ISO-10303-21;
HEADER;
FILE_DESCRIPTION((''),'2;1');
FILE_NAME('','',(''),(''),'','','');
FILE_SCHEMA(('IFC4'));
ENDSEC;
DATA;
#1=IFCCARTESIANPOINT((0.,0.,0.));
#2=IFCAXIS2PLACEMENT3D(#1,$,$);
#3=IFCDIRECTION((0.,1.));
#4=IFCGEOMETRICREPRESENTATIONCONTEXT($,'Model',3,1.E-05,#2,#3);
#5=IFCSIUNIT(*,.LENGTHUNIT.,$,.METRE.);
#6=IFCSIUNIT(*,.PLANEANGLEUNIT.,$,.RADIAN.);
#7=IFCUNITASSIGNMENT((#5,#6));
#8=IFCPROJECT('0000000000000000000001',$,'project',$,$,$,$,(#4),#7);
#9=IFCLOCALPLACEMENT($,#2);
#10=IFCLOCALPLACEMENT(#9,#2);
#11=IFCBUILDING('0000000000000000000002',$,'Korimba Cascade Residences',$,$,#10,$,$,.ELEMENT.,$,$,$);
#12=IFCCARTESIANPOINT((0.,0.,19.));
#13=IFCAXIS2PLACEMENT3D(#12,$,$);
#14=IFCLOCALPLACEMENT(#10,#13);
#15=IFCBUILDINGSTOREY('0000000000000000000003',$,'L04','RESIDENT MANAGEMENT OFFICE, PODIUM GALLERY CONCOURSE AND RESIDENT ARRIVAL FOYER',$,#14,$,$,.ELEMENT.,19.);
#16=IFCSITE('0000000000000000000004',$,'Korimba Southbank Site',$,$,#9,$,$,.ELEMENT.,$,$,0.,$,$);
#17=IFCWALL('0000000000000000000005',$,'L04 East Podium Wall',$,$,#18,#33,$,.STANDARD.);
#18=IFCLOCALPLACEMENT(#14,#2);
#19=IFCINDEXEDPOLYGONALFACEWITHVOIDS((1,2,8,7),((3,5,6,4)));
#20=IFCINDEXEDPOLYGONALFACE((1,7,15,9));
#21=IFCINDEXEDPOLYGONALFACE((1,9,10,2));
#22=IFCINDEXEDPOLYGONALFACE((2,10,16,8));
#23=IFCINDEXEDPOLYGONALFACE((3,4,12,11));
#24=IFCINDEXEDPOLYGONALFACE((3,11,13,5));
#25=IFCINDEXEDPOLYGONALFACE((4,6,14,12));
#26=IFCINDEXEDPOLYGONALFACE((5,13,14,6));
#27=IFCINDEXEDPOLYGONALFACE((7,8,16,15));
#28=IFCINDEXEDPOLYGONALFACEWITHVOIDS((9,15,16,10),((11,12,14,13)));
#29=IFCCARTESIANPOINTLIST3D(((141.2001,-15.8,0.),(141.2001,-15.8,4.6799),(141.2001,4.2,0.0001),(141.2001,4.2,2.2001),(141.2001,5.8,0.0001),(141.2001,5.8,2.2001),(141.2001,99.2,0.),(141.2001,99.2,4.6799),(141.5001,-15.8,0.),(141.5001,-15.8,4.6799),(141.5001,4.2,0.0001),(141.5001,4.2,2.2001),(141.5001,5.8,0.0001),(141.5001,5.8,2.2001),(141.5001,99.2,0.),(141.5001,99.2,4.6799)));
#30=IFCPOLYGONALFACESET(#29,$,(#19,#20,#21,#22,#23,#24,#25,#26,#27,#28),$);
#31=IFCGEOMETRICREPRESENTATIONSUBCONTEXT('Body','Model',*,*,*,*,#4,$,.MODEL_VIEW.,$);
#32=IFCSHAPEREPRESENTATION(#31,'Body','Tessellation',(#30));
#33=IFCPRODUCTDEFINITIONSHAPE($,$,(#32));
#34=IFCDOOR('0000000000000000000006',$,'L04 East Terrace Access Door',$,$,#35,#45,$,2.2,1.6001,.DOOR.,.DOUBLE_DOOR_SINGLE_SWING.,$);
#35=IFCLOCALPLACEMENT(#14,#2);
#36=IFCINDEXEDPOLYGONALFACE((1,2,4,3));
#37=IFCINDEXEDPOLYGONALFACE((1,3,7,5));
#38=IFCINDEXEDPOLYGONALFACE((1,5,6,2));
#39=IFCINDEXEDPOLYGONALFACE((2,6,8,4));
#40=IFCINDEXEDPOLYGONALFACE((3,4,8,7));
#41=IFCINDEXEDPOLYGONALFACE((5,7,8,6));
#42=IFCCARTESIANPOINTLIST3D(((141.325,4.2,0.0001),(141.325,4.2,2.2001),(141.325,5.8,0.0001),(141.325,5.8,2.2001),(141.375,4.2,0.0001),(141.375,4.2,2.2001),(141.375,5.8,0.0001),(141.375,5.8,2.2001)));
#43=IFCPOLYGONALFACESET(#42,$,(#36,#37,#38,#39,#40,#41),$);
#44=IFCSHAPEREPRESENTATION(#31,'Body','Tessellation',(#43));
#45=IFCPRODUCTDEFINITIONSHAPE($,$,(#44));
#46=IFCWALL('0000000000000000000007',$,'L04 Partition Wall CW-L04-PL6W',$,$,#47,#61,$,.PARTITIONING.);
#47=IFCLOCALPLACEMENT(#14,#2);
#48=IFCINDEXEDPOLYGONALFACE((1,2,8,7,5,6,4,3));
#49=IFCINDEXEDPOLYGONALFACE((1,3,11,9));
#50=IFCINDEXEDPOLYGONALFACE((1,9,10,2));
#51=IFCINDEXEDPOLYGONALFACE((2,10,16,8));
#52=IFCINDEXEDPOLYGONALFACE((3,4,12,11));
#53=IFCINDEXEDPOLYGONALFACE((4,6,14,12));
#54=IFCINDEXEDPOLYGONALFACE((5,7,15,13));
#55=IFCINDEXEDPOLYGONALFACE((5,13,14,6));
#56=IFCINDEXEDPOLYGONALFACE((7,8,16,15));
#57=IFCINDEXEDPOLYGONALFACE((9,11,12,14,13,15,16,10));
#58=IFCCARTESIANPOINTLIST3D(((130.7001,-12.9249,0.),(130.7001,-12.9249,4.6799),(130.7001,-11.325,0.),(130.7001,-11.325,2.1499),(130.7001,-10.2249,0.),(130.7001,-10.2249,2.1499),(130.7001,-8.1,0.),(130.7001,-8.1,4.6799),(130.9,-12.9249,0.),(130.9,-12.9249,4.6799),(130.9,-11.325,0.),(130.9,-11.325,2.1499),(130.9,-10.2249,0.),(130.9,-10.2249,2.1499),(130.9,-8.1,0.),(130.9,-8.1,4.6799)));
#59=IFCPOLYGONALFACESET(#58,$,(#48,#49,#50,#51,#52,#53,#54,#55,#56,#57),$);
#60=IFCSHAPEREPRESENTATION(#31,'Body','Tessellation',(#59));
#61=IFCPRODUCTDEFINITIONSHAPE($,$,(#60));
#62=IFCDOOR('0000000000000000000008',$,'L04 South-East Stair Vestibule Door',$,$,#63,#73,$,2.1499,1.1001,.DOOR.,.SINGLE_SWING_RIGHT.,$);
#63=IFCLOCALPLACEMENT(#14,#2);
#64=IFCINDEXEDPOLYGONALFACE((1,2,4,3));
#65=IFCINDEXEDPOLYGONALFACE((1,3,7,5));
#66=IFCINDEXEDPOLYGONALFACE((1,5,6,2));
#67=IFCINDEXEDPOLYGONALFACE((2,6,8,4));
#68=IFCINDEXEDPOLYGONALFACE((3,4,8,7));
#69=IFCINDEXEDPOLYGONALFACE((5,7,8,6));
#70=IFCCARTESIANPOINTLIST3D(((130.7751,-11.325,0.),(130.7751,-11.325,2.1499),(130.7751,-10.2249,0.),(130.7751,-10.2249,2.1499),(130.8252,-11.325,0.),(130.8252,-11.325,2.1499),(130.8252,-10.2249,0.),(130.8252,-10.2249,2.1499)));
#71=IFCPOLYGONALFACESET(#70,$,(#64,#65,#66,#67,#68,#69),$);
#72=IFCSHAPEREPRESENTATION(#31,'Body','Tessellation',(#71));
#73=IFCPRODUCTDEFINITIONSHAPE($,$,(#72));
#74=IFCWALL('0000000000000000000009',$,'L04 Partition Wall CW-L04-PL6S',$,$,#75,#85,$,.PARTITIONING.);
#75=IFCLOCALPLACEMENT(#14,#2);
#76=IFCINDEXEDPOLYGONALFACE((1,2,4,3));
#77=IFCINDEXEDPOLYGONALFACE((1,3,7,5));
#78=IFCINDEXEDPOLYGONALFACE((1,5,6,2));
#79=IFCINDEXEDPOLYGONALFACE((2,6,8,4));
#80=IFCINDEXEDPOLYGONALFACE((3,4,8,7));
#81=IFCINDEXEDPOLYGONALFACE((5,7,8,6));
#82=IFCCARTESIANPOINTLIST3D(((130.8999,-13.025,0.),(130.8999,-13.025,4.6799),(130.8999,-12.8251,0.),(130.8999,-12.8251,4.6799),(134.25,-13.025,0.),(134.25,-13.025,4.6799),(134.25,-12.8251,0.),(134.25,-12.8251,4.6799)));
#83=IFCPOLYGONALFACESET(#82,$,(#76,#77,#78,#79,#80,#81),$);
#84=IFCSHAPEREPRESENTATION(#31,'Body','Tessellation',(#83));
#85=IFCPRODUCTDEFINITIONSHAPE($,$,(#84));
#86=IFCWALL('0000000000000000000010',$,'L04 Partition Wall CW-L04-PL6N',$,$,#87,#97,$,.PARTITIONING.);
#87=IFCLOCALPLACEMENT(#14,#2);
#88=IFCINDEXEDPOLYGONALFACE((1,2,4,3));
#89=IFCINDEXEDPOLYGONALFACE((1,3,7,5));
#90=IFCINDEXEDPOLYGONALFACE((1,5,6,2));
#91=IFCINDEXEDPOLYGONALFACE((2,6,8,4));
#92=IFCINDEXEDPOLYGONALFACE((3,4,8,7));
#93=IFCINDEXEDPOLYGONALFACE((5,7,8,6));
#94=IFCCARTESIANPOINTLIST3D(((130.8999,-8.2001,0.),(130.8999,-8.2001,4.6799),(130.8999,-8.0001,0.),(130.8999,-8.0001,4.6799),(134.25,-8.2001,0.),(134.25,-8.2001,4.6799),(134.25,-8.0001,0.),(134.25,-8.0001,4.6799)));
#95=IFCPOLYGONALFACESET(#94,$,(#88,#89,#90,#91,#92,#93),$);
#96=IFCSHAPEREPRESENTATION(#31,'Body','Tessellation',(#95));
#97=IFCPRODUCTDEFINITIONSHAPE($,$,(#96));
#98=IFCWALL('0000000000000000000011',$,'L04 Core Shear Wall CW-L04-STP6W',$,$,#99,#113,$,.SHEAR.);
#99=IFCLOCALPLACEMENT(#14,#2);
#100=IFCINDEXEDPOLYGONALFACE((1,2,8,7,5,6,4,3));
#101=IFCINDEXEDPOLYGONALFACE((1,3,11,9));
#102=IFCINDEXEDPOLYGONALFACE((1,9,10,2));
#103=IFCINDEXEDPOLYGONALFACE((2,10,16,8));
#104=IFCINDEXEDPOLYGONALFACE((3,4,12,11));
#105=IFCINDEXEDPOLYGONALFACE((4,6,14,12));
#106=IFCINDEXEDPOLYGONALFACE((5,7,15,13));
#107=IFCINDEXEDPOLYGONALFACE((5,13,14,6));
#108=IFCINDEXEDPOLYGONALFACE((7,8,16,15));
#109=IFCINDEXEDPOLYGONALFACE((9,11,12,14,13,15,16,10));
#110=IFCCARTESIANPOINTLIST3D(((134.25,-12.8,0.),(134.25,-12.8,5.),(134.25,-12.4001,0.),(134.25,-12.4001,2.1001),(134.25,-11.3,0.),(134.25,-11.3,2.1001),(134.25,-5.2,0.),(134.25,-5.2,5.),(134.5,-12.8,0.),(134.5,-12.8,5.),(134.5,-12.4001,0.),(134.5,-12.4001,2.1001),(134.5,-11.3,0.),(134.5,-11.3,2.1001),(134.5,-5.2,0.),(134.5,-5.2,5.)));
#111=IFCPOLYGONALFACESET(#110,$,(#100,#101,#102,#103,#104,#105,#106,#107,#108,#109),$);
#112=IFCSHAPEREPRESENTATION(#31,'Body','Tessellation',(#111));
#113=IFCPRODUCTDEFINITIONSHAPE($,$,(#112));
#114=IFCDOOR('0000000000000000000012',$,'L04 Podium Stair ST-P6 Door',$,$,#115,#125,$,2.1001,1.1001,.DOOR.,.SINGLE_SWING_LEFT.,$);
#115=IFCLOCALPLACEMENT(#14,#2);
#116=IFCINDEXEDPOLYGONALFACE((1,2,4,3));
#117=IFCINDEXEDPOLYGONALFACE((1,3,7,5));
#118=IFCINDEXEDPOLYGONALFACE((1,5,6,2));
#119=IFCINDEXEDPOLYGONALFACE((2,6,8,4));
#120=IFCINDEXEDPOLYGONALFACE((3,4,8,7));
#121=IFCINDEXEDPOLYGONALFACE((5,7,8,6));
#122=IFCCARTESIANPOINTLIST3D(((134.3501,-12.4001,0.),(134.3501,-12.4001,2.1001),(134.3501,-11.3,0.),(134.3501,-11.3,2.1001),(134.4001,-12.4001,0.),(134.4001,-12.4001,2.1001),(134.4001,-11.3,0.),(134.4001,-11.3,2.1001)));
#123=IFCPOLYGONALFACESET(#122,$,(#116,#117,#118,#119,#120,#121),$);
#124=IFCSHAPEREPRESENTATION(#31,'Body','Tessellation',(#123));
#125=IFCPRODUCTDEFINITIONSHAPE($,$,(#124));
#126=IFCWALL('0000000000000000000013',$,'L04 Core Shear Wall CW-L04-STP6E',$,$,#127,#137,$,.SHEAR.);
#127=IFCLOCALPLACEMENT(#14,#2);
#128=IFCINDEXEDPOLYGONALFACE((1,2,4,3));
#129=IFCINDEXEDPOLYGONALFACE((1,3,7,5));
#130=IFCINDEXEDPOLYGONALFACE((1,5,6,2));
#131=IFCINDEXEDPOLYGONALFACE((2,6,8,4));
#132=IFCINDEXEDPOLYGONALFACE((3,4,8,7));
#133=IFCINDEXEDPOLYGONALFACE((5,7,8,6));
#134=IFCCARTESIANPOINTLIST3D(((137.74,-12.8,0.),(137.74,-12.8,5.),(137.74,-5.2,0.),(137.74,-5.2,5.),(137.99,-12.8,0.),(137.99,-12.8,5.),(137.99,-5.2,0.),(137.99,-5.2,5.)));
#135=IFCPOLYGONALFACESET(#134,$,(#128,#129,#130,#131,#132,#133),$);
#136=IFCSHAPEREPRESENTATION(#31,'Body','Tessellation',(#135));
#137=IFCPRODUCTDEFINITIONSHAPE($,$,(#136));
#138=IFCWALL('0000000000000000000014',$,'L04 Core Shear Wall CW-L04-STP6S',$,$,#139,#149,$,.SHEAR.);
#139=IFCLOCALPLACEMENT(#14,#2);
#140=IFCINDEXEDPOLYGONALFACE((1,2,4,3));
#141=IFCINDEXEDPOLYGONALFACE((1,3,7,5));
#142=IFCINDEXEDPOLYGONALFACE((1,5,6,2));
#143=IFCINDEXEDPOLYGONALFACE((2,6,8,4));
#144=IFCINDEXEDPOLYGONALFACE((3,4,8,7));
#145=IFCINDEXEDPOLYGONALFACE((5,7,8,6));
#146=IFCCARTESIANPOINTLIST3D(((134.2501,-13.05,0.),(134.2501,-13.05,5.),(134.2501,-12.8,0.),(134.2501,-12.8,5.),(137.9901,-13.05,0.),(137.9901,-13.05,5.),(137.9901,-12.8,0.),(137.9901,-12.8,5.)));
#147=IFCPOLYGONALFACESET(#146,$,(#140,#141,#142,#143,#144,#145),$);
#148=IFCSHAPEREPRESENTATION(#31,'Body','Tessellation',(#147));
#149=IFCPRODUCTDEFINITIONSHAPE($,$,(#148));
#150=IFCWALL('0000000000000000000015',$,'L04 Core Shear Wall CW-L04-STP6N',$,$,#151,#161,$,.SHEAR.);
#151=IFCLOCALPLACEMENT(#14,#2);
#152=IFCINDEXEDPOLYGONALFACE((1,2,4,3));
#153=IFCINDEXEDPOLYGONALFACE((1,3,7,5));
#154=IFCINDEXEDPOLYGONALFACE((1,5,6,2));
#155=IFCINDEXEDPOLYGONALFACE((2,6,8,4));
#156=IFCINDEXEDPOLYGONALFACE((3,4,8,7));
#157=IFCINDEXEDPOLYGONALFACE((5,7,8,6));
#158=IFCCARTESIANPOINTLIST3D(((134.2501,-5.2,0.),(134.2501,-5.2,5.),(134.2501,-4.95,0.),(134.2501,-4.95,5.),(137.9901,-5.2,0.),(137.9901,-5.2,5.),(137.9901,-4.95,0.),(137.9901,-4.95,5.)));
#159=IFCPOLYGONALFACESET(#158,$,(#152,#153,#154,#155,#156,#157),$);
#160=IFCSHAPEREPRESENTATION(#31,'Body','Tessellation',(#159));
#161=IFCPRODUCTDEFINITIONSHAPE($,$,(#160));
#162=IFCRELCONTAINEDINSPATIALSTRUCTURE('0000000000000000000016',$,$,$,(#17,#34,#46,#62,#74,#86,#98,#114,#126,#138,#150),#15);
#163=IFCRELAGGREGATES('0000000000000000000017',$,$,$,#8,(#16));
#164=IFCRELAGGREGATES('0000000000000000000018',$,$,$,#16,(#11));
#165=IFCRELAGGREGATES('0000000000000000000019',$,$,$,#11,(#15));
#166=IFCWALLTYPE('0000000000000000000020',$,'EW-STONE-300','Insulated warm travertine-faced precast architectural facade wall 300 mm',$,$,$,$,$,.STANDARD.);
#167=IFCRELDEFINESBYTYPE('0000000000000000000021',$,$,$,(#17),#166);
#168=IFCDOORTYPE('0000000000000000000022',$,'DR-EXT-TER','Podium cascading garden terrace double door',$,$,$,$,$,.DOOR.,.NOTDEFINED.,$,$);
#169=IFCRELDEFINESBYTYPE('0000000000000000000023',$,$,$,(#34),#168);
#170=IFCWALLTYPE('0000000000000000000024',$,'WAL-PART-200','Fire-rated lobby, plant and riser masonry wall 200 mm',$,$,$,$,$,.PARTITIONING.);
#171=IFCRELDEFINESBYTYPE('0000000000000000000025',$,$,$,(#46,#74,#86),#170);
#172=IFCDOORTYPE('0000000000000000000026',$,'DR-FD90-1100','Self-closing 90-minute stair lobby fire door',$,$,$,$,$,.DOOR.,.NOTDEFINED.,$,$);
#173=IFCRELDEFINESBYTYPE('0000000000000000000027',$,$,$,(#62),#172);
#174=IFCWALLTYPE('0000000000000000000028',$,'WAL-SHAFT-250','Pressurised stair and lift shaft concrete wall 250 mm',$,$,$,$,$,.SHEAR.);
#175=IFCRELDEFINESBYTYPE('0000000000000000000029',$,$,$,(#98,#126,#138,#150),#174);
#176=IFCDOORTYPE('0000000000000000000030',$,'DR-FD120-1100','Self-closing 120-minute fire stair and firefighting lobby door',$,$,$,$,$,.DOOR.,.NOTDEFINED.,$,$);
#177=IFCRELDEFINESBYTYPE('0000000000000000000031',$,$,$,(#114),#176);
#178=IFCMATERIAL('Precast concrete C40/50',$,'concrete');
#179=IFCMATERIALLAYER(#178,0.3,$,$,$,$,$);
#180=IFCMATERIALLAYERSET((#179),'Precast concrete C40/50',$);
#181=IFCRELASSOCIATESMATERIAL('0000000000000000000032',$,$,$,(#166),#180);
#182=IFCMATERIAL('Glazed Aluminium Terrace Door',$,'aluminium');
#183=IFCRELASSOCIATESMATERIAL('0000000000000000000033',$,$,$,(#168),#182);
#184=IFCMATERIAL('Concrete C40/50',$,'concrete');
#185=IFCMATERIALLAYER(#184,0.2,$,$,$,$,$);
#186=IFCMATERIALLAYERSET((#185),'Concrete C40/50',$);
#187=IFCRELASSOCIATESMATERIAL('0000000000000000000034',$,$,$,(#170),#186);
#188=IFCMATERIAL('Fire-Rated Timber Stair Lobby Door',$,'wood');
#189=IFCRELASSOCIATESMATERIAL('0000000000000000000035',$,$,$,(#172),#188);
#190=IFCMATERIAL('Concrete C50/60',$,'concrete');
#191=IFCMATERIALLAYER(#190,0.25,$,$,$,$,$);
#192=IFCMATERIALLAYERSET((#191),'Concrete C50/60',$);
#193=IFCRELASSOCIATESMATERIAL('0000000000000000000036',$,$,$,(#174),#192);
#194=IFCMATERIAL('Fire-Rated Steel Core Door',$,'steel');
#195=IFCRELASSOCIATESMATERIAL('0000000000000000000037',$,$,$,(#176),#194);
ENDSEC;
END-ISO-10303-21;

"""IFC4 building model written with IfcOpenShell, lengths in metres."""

from ifc_helpers import new_model, si_unit, direction, frame, frame_2d, origin, place, context, subcontext, project, spatial, rectangle, extrude, material, layer, layer_set, type_object, element, fill, save


model = new_model("IFC4")

# Units and contexts
model_context = context("Model", 3, precision=1e-05, world=origin(), true_north=direction((0.0, 1.0)))
body_context = subcontext(model_context, "Body", "Model", "MODEL_VIEW")
ifc_project = project(units=[si_unit("LENGTHUNIT", "METRE"), si_unit("PLANEANGLEUNIT", "RADIAN")], contexts=[model_context])

# Site, building, storey
site_placement = place(None, origin())
site = spatial("IfcSite", under=ifc_project, at=site_placement, Name="Korimba Southbank Site", CompositionType="ELEMENT", RefElevation=0.0)
building_placement = place(site_placement, origin())
building = spatial("IfcBuilding", under=site, at=building_placement, Name="Korimba Cascade Residences", CompositionType="ELEMENT")
storey_placement = place(building_placement, frame((0.0, 0.0, 19.0)))
storey = spatial("IfcBuildingStorey", under=building, at=storey_placement, Name="L04", Description="RESIDENT MANAGEMENT OFFICE, PODIUM GALLERY CONCOURSE AND RESIDENT ARRIVAL FOYER", CompositionType="ELEMENT", Elevation=19.0)

# Walls, openings, doors
ifc_material_1 = material(Name="Precast concrete C40/50", Category="concrete")
ifc_layer_1 = layer(ifc_material_1, 0.3)
ifc_layer_set_1 = layer_set([ifc_layer_1], Name="Precast concrete C40/50")
wall_type_1 = type_object("IfcWallType", Name="EW-STONE-300", Description="Insulated warm travertine-faced precast architectural facade wall 300 mm", PredefinedType="STANDARD", material=ifc_layer_set_1)
wall_1_placement = place(storey_placement, frame((141.3501, -15.8, 0.0), z_axis=(0.0, 0.0, 1.0), x_axis=(0.0, 1.0, 0.0)))
wall_1 = element("IfcWall", 1, at=wall_1_placement, inside=storey, type_object=wall_type_1, Name="L04 East Podium Wall", PredefinedType="STANDARD", context=body_context, shape_type="SweptSolid", body=[
    extrude(rectangle(XDim=115.0, YDim=0.3, at=frame_2d((57.5, 0.0))), origin(), (0.0, 0.0, 1.0), 4.6799),
])
opening_1_placement = place(wall_1_placement, frame((20.0, 0.0, 0.0)))
opening_1 = element("IfcOpeningElement", 2, at=opening_1_placement, cuts=wall_1, PredefinedType="OPENING", context=body_context, shape_type="SweptSolid", body=[
    extrude(rectangle(XDim=1.6001, YDim=2.2, at=frame_2d((0.8, 1.1001))), frame((0.0, 0.1602, 0.0), z_axis=(0.0, -1.0, 0.0), x_axis=(1.0, 0.0, 0.0)), (0.0, 0.0, 1.0), 0.3201),
])
ifc_material_2 = material(Name="Glazed Aluminium Terrace Door", Category="aluminium")
door_type_1 = type_object("IfcDoorType", Name="DR-EXT-TER", Description="Podium cascading garden terrace double door", OperationType="NOTDEFINED", PredefinedType="DOOR", material=ifc_material_2)
door_1_placement = place(opening_1_placement, frame((1.6001, 0.0, 0.0), z_axis=(0.0, 0.0, 1.0), x_axis=(-1.0, 0.0, 0.0)))
door_1 = element("IfcDoor", 3, at=door_1_placement, inside=storey, type_object=door_type_1, Name="L04 East Terrace Access Door", OperationType="DOUBLE_DOOR_SINGLE_SWING", OverallHeight=2.2, OverallWidth=1.6001, PredefinedType="DOOR", context=body_context, shape_type="SweptSolid", body=[
    extrude(rectangle(XDim=1.6001, YDim=2.2, at=frame_2d((0.8, 1.1001))), frame((0.0, 0.0249, 0.0), z_axis=(0.0, -1.0, 0.0), x_axis=(1.0, 0.0, 0.0)), (0.0, 0.0, 1.0), 0.05),
])
fill(opening_1, door_1)
ifc_material_3 = material(Name="Concrete C40/50", Category="concrete")
ifc_layer_2 = layer(ifc_material_3, 0.2)
ifc_layer_set_2 = layer_set([ifc_layer_2], Name="Concrete C40/50")
wall_type_2 = type_object("IfcWallType", Name="WAL-PART-200", Description="Fire-rated lobby, plant and riser masonry wall 200 mm", PredefinedType="PARTITIONING", material=ifc_layer_set_2)
wall_2_placement = place(storey_placement, frame((130.8, -12.925, 0.0), z_axis=(0.0, 0.0, 1.0), x_axis=(0.0, 1.0, 0.0)))
wall_2 = element("IfcWall", 4, at=wall_2_placement, inside=storey, type_object=wall_type_2, Name="L04 Partition Wall CW-L04-PL6W", PredefinedType="PARTITIONING", context=body_context, shape_type="SweptSolid", body=[
    extrude(rectangle(XDim=4.825, YDim=0.2, at=frame_2d((2.4126, 0.0))), origin(), (0.0, 0.0, 1.0), 4.6799),
])
opening_2_placement = place(wall_2_placement, frame((1.6001, 0.0, 0.0)))
opening_2 = element("IfcOpeningElement", 5, at=opening_2_placement, cuts=wall_2, PredefinedType="OPENING", context=body_context, shape_type="SweptSolid", body=[
    extrude(rectangle(XDim=1.1001, YDim=2.1499, at=frame_2d((0.55, 1.075))), frame((0.0, 0.1099, 0.0), z_axis=(0.0, -1.0, 0.0), x_axis=(1.0, 0.0, 0.0)), (0.0, 0.0, 1.0), 0.22),
])
ifc_material_4 = material(Name="Fire-Rated Timber Stair Lobby Door", Category="wood")
door_type_2 = type_object("IfcDoorType", Name="DR-FD90-1100", Description="Self-closing 90-minute stair lobby fire door", OperationType="NOTDEFINED", PredefinedType="DOOR", material=ifc_material_4)
door_2_placement = place(opening_2_placement, origin())
door_2 = element("IfcDoor", 6, at=door_2_placement, inside=storey, type_object=door_type_2, Name="L04 South-East Stair Vestibule Door", OperationType="SINGLE_SWING_RIGHT", OverallHeight=2.1499, OverallWidth=1.1001, PredefinedType="DOOR", context=body_context, shape_type="SweptSolid", body=[
    extrude(rectangle(XDim=1.1001, YDim=2.1499, at=frame_2d((0.55, 1.075))), frame((0.0, 0.0249, 0.0), z_axis=(0.0, -1.0, 0.0), x_axis=(1.0, 0.0, 0.0)), (0.0, 0.0, 1.0), 0.05),
])
fill(opening_2, door_2)

# Walls
for number, where, z_axis, x_axis, name in (
    (7, (130.8999, -12.925, 0.0), (0.0, 0.0, 1.0), (1.0, 0.0, 0.0), "L04 Partition Wall CW-L04-PL6S"),
    (8, (130.8999, -8.1001, 0.0), (0.0, 0.0, 1.0), (1.0, 0.0, 0.0), "L04 Partition Wall CW-L04-PL6N"),
):
    element("IfcWall", number, at=place(storey_placement, frame(where, z_axis=z_axis, x_axis=x_axis)), inside=storey, type_object=wall_type_2, Name=name, PredefinedType="PARTITIONING", context=body_context, shape_type="SweptSolid", body=[
        extrude(rectangle(XDim=3.3501, YDim=0.2, at=frame_2d((1.675, 0.0))), origin(), (0.0, 0.0, 1.0), 4.6799),
    ])

# Wall, opening, door
ifc_material_5 = material(Name="Concrete C50/60", Category="concrete")
ifc_layer_3 = layer(ifc_material_5, 0.25)
ifc_layer_set_3 = layer_set([ifc_layer_3], Name="Concrete C50/60")
wall_type_3 = type_object("IfcWallType", Name="WAL-SHAFT-250", Description="Pressurised stair and lift shaft concrete wall 250 mm", PredefinedType="SHEAR", material=ifc_layer_set_3)
wall_3_placement = place(storey_placement, frame((134.375, -12.8, 0.0), z_axis=(0.0, 0.0, 1.0), x_axis=(0.0, 1.0, 0.0)))
wall_3 = element("IfcWall", 9, at=wall_3_placement, inside=storey, type_object=wall_type_3, Name="L04 Core Shear Wall CW-L04-STP6W", PredefinedType="SHEAR", context=body_context, shape_type="SweptSolid", body=[
    extrude(rectangle(XDim=7.6001, YDim=0.25, at=frame_2d((3.8, 0.0))), origin(), (0.0, 0.0, 1.0), 5.0),
])
opening_3_placement = place(wall_3_placement, frame((0.3999, 0.0, 0.0)))
opening_3 = element("IfcOpeningElement", 10, at=opening_3_placement, cuts=wall_3, PredefinedType="OPENING", context=body_context, shape_type="SweptSolid", body=[
    extrude(rectangle(XDim=1.1001, YDim=2.1001, at=frame_2d((0.55, 1.05))), frame((0.0, 0.135, 0.0), z_axis=(0.0, -1.0, 0.0), x_axis=(1.0, 0.0, 0.0)), (0.0, 0.0, 1.0), 0.27),
])
ifc_material_6 = material(Name="Fire-Rated Steel Core Door", Category="steel")
door_type_3 = type_object("IfcDoorType", Name="DR-FD120-1100", Description="Self-closing 120-minute fire stair and firefighting lobby door", OperationType="NOTDEFINED", PredefinedType="DOOR", material=ifc_material_6)
door_3_placement = place(opening_3_placement, origin())
door_3 = element("IfcDoor", 11, at=door_3_placement, inside=storey, type_object=door_type_3, Name="L04 Podium Stair ST-P6 Door", OperationType="SINGLE_SWING_LEFT", OverallHeight=2.1001, OverallWidth=1.1001, PredefinedType="DOOR", context=body_context, shape_type="SweptSolid", body=[
    extrude(rectangle(XDim=1.1001, YDim=2.1001, at=frame_2d((0.55, 1.05))), frame((0.0, 0.0249, 0.0), z_axis=(0.0, -1.0, 0.0), x_axis=(1.0, 0.0, 0.0)), (0.0, 0.0, 1.0), 0.05),
])
fill(opening_3, door_3)

# Walls
wall_4_placement = place(storey_placement, frame((137.865, -12.8, 0.0), z_axis=(0.0, 0.0, 1.0), x_axis=(0.0, 1.0, 0.0)))
element("IfcWall", 12, at=wall_4_placement, inside=storey, type_object=wall_type_3, Name="L04 Core Shear Wall CW-L04-STP6E", PredefinedType="SHEAR", context=body_context, shape_type="SweptSolid", body=[
    extrude(rectangle(XDim=7.6001, YDim=0.25, at=frame_2d((3.8, 0.0))), origin(), (0.0, 0.0, 1.0), 5.0),
])
for number, where, z_axis, x_axis, name in (
    (13, (134.25, -12.925, 0.0), (0.0, 0.0, 1.0), (1.0, 0.0, 0.0), "L04 Core Shear Wall CW-L04-STP6S"),
    (14, (134.25, -5.075, 0.0), (0.0, 0.0, 1.0), (1.0, 0.0, 0.0), "L04 Core Shear Wall CW-L04-STP6N"),
):
    element("IfcWall", number, at=place(storey_placement, frame(where, z_axis=z_axis, x_axis=x_axis)), inside=storey, type_object=wall_type_3, Name=name, PredefinedType="SHEAR", context=body_context, shape_type="SweptSolid", body=[
        extrude(rectangle(XDim=3.74, YDim=0.25, at=frame_2d((1.8701, 0.0))), origin(), (0.0, 0.0, 1.0), 5.0),
    ])

save(model, "model.ifc")
